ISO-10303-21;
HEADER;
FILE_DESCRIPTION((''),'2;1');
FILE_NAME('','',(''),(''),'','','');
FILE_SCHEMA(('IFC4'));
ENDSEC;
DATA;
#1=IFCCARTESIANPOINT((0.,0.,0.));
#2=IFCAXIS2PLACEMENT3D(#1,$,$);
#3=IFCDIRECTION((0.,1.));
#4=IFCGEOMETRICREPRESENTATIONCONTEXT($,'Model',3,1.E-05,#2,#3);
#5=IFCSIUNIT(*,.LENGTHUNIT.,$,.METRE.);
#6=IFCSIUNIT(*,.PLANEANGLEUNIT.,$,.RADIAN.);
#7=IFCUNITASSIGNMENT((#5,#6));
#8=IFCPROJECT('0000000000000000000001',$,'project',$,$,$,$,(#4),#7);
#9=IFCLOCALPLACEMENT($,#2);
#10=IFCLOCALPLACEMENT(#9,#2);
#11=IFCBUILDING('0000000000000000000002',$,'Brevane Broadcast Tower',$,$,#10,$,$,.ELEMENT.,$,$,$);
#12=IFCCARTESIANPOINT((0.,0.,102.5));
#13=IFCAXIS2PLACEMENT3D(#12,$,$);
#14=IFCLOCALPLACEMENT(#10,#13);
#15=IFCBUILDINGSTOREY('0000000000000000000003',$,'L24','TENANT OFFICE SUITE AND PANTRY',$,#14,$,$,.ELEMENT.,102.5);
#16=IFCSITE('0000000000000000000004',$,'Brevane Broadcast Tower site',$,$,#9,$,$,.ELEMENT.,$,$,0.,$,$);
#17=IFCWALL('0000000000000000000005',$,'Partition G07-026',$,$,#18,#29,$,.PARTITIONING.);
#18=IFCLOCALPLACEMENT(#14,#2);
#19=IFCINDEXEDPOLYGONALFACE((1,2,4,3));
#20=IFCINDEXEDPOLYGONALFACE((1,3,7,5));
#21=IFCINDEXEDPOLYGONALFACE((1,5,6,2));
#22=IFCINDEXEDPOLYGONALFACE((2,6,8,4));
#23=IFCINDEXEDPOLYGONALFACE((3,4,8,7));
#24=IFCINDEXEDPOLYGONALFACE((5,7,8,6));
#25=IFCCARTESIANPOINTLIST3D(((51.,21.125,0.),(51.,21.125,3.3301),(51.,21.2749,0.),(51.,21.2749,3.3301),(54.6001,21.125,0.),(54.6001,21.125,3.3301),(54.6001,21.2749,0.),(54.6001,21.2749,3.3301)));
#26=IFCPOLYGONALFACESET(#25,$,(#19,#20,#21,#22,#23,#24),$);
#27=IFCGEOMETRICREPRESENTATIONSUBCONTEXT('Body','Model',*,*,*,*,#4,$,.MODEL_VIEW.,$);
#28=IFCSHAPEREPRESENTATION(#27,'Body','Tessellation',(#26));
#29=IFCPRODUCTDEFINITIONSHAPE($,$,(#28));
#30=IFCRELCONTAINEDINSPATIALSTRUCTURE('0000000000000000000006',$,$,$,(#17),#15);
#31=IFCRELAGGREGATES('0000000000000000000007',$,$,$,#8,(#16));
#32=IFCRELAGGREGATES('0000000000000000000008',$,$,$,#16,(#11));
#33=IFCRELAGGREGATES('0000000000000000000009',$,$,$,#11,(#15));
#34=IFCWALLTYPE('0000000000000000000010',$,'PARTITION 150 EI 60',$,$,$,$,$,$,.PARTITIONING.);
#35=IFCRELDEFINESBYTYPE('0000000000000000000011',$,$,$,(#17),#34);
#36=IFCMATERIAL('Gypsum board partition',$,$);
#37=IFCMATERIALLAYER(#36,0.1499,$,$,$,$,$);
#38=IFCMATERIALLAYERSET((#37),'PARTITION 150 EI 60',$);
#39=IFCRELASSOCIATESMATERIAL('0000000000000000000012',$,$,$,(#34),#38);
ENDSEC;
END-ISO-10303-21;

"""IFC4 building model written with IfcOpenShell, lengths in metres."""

from ifc_helpers import new_model, si_unit, direction, frame, frame_2d, origin, place, context, subcontext, project, spatial, rectangle, extrude, material, layer, layer_set, type_object, element, save


model = new_model("IFC4")

# Units and contexts
model_context = context("Model", 3, precision=1e-05, world=origin(), true_north=direction((0.0, 1.0)))
body_context = subcontext(model_context, "Body", "Model", "MODEL_VIEW")
ifc_project = project(units=[si_unit("LENGTHUNIT", "METRE"), si_unit("PLANEANGLEUNIT", "RADIAN")], contexts=[model_context])

# Site, building, storey
site_placement = place(None, origin())
site = spatial("IfcSite", under=ifc_project, at=site_placement, Name="Brevane Broadcast Tower site", CompositionType="ELEMENT", RefElevation=0.0)
building_placement = place(site_placement, origin())
building = spatial("IfcBuilding", under=site, at=building_placement, Name="Brevane Broadcast Tower", CompositionType="ELEMENT")
storey_placement = place(building_placement, frame((0.0, 0.0, 102.5)))
storey = spatial("IfcBuildingStorey", under=building, at=storey_placement, Name="L24", Description="TENANT OFFICE SUITE AND PANTRY", CompositionType="ELEMENT", Elevation=102.5)

# Shared definitions
ifc_material_1 = material(Name="Gypsum board partition")

# Shared definitions
ifc_layer_1 = layer(ifc_material_1, 0.1499)
ifc_layer_set_1 = layer_set([ifc_layer_1], Name="PARTITION 150 EI 60")
wall_type_1 = type_object("IfcWallType", Name="PARTITION 150 EI 60", PredefinedType="PARTITIONING", material=ifc_layer_set_1)

# Wall
wall_1_placement = place(storey_placement, frame((51.0, 21.2, 0.0), z_axis=(0.0, 0.0, 1.0), x_axis=(1.0, 0.0, 0.0)))
element("IfcWall", 1, at=wall_1_placement, inside=storey, type_object=wall_type_1, Name="Partition G07-026", PredefinedType="PARTITIONING", context=body_context, shape_type="SweptSolid", body=[
    extrude(rectangle(XDim=3.6001, YDim=0.1499, at=frame_2d((1.8, 0.0))), origin(), (0.0, 0.0, 1.0), 3.3301),
])

save(model, "model.ifc")
